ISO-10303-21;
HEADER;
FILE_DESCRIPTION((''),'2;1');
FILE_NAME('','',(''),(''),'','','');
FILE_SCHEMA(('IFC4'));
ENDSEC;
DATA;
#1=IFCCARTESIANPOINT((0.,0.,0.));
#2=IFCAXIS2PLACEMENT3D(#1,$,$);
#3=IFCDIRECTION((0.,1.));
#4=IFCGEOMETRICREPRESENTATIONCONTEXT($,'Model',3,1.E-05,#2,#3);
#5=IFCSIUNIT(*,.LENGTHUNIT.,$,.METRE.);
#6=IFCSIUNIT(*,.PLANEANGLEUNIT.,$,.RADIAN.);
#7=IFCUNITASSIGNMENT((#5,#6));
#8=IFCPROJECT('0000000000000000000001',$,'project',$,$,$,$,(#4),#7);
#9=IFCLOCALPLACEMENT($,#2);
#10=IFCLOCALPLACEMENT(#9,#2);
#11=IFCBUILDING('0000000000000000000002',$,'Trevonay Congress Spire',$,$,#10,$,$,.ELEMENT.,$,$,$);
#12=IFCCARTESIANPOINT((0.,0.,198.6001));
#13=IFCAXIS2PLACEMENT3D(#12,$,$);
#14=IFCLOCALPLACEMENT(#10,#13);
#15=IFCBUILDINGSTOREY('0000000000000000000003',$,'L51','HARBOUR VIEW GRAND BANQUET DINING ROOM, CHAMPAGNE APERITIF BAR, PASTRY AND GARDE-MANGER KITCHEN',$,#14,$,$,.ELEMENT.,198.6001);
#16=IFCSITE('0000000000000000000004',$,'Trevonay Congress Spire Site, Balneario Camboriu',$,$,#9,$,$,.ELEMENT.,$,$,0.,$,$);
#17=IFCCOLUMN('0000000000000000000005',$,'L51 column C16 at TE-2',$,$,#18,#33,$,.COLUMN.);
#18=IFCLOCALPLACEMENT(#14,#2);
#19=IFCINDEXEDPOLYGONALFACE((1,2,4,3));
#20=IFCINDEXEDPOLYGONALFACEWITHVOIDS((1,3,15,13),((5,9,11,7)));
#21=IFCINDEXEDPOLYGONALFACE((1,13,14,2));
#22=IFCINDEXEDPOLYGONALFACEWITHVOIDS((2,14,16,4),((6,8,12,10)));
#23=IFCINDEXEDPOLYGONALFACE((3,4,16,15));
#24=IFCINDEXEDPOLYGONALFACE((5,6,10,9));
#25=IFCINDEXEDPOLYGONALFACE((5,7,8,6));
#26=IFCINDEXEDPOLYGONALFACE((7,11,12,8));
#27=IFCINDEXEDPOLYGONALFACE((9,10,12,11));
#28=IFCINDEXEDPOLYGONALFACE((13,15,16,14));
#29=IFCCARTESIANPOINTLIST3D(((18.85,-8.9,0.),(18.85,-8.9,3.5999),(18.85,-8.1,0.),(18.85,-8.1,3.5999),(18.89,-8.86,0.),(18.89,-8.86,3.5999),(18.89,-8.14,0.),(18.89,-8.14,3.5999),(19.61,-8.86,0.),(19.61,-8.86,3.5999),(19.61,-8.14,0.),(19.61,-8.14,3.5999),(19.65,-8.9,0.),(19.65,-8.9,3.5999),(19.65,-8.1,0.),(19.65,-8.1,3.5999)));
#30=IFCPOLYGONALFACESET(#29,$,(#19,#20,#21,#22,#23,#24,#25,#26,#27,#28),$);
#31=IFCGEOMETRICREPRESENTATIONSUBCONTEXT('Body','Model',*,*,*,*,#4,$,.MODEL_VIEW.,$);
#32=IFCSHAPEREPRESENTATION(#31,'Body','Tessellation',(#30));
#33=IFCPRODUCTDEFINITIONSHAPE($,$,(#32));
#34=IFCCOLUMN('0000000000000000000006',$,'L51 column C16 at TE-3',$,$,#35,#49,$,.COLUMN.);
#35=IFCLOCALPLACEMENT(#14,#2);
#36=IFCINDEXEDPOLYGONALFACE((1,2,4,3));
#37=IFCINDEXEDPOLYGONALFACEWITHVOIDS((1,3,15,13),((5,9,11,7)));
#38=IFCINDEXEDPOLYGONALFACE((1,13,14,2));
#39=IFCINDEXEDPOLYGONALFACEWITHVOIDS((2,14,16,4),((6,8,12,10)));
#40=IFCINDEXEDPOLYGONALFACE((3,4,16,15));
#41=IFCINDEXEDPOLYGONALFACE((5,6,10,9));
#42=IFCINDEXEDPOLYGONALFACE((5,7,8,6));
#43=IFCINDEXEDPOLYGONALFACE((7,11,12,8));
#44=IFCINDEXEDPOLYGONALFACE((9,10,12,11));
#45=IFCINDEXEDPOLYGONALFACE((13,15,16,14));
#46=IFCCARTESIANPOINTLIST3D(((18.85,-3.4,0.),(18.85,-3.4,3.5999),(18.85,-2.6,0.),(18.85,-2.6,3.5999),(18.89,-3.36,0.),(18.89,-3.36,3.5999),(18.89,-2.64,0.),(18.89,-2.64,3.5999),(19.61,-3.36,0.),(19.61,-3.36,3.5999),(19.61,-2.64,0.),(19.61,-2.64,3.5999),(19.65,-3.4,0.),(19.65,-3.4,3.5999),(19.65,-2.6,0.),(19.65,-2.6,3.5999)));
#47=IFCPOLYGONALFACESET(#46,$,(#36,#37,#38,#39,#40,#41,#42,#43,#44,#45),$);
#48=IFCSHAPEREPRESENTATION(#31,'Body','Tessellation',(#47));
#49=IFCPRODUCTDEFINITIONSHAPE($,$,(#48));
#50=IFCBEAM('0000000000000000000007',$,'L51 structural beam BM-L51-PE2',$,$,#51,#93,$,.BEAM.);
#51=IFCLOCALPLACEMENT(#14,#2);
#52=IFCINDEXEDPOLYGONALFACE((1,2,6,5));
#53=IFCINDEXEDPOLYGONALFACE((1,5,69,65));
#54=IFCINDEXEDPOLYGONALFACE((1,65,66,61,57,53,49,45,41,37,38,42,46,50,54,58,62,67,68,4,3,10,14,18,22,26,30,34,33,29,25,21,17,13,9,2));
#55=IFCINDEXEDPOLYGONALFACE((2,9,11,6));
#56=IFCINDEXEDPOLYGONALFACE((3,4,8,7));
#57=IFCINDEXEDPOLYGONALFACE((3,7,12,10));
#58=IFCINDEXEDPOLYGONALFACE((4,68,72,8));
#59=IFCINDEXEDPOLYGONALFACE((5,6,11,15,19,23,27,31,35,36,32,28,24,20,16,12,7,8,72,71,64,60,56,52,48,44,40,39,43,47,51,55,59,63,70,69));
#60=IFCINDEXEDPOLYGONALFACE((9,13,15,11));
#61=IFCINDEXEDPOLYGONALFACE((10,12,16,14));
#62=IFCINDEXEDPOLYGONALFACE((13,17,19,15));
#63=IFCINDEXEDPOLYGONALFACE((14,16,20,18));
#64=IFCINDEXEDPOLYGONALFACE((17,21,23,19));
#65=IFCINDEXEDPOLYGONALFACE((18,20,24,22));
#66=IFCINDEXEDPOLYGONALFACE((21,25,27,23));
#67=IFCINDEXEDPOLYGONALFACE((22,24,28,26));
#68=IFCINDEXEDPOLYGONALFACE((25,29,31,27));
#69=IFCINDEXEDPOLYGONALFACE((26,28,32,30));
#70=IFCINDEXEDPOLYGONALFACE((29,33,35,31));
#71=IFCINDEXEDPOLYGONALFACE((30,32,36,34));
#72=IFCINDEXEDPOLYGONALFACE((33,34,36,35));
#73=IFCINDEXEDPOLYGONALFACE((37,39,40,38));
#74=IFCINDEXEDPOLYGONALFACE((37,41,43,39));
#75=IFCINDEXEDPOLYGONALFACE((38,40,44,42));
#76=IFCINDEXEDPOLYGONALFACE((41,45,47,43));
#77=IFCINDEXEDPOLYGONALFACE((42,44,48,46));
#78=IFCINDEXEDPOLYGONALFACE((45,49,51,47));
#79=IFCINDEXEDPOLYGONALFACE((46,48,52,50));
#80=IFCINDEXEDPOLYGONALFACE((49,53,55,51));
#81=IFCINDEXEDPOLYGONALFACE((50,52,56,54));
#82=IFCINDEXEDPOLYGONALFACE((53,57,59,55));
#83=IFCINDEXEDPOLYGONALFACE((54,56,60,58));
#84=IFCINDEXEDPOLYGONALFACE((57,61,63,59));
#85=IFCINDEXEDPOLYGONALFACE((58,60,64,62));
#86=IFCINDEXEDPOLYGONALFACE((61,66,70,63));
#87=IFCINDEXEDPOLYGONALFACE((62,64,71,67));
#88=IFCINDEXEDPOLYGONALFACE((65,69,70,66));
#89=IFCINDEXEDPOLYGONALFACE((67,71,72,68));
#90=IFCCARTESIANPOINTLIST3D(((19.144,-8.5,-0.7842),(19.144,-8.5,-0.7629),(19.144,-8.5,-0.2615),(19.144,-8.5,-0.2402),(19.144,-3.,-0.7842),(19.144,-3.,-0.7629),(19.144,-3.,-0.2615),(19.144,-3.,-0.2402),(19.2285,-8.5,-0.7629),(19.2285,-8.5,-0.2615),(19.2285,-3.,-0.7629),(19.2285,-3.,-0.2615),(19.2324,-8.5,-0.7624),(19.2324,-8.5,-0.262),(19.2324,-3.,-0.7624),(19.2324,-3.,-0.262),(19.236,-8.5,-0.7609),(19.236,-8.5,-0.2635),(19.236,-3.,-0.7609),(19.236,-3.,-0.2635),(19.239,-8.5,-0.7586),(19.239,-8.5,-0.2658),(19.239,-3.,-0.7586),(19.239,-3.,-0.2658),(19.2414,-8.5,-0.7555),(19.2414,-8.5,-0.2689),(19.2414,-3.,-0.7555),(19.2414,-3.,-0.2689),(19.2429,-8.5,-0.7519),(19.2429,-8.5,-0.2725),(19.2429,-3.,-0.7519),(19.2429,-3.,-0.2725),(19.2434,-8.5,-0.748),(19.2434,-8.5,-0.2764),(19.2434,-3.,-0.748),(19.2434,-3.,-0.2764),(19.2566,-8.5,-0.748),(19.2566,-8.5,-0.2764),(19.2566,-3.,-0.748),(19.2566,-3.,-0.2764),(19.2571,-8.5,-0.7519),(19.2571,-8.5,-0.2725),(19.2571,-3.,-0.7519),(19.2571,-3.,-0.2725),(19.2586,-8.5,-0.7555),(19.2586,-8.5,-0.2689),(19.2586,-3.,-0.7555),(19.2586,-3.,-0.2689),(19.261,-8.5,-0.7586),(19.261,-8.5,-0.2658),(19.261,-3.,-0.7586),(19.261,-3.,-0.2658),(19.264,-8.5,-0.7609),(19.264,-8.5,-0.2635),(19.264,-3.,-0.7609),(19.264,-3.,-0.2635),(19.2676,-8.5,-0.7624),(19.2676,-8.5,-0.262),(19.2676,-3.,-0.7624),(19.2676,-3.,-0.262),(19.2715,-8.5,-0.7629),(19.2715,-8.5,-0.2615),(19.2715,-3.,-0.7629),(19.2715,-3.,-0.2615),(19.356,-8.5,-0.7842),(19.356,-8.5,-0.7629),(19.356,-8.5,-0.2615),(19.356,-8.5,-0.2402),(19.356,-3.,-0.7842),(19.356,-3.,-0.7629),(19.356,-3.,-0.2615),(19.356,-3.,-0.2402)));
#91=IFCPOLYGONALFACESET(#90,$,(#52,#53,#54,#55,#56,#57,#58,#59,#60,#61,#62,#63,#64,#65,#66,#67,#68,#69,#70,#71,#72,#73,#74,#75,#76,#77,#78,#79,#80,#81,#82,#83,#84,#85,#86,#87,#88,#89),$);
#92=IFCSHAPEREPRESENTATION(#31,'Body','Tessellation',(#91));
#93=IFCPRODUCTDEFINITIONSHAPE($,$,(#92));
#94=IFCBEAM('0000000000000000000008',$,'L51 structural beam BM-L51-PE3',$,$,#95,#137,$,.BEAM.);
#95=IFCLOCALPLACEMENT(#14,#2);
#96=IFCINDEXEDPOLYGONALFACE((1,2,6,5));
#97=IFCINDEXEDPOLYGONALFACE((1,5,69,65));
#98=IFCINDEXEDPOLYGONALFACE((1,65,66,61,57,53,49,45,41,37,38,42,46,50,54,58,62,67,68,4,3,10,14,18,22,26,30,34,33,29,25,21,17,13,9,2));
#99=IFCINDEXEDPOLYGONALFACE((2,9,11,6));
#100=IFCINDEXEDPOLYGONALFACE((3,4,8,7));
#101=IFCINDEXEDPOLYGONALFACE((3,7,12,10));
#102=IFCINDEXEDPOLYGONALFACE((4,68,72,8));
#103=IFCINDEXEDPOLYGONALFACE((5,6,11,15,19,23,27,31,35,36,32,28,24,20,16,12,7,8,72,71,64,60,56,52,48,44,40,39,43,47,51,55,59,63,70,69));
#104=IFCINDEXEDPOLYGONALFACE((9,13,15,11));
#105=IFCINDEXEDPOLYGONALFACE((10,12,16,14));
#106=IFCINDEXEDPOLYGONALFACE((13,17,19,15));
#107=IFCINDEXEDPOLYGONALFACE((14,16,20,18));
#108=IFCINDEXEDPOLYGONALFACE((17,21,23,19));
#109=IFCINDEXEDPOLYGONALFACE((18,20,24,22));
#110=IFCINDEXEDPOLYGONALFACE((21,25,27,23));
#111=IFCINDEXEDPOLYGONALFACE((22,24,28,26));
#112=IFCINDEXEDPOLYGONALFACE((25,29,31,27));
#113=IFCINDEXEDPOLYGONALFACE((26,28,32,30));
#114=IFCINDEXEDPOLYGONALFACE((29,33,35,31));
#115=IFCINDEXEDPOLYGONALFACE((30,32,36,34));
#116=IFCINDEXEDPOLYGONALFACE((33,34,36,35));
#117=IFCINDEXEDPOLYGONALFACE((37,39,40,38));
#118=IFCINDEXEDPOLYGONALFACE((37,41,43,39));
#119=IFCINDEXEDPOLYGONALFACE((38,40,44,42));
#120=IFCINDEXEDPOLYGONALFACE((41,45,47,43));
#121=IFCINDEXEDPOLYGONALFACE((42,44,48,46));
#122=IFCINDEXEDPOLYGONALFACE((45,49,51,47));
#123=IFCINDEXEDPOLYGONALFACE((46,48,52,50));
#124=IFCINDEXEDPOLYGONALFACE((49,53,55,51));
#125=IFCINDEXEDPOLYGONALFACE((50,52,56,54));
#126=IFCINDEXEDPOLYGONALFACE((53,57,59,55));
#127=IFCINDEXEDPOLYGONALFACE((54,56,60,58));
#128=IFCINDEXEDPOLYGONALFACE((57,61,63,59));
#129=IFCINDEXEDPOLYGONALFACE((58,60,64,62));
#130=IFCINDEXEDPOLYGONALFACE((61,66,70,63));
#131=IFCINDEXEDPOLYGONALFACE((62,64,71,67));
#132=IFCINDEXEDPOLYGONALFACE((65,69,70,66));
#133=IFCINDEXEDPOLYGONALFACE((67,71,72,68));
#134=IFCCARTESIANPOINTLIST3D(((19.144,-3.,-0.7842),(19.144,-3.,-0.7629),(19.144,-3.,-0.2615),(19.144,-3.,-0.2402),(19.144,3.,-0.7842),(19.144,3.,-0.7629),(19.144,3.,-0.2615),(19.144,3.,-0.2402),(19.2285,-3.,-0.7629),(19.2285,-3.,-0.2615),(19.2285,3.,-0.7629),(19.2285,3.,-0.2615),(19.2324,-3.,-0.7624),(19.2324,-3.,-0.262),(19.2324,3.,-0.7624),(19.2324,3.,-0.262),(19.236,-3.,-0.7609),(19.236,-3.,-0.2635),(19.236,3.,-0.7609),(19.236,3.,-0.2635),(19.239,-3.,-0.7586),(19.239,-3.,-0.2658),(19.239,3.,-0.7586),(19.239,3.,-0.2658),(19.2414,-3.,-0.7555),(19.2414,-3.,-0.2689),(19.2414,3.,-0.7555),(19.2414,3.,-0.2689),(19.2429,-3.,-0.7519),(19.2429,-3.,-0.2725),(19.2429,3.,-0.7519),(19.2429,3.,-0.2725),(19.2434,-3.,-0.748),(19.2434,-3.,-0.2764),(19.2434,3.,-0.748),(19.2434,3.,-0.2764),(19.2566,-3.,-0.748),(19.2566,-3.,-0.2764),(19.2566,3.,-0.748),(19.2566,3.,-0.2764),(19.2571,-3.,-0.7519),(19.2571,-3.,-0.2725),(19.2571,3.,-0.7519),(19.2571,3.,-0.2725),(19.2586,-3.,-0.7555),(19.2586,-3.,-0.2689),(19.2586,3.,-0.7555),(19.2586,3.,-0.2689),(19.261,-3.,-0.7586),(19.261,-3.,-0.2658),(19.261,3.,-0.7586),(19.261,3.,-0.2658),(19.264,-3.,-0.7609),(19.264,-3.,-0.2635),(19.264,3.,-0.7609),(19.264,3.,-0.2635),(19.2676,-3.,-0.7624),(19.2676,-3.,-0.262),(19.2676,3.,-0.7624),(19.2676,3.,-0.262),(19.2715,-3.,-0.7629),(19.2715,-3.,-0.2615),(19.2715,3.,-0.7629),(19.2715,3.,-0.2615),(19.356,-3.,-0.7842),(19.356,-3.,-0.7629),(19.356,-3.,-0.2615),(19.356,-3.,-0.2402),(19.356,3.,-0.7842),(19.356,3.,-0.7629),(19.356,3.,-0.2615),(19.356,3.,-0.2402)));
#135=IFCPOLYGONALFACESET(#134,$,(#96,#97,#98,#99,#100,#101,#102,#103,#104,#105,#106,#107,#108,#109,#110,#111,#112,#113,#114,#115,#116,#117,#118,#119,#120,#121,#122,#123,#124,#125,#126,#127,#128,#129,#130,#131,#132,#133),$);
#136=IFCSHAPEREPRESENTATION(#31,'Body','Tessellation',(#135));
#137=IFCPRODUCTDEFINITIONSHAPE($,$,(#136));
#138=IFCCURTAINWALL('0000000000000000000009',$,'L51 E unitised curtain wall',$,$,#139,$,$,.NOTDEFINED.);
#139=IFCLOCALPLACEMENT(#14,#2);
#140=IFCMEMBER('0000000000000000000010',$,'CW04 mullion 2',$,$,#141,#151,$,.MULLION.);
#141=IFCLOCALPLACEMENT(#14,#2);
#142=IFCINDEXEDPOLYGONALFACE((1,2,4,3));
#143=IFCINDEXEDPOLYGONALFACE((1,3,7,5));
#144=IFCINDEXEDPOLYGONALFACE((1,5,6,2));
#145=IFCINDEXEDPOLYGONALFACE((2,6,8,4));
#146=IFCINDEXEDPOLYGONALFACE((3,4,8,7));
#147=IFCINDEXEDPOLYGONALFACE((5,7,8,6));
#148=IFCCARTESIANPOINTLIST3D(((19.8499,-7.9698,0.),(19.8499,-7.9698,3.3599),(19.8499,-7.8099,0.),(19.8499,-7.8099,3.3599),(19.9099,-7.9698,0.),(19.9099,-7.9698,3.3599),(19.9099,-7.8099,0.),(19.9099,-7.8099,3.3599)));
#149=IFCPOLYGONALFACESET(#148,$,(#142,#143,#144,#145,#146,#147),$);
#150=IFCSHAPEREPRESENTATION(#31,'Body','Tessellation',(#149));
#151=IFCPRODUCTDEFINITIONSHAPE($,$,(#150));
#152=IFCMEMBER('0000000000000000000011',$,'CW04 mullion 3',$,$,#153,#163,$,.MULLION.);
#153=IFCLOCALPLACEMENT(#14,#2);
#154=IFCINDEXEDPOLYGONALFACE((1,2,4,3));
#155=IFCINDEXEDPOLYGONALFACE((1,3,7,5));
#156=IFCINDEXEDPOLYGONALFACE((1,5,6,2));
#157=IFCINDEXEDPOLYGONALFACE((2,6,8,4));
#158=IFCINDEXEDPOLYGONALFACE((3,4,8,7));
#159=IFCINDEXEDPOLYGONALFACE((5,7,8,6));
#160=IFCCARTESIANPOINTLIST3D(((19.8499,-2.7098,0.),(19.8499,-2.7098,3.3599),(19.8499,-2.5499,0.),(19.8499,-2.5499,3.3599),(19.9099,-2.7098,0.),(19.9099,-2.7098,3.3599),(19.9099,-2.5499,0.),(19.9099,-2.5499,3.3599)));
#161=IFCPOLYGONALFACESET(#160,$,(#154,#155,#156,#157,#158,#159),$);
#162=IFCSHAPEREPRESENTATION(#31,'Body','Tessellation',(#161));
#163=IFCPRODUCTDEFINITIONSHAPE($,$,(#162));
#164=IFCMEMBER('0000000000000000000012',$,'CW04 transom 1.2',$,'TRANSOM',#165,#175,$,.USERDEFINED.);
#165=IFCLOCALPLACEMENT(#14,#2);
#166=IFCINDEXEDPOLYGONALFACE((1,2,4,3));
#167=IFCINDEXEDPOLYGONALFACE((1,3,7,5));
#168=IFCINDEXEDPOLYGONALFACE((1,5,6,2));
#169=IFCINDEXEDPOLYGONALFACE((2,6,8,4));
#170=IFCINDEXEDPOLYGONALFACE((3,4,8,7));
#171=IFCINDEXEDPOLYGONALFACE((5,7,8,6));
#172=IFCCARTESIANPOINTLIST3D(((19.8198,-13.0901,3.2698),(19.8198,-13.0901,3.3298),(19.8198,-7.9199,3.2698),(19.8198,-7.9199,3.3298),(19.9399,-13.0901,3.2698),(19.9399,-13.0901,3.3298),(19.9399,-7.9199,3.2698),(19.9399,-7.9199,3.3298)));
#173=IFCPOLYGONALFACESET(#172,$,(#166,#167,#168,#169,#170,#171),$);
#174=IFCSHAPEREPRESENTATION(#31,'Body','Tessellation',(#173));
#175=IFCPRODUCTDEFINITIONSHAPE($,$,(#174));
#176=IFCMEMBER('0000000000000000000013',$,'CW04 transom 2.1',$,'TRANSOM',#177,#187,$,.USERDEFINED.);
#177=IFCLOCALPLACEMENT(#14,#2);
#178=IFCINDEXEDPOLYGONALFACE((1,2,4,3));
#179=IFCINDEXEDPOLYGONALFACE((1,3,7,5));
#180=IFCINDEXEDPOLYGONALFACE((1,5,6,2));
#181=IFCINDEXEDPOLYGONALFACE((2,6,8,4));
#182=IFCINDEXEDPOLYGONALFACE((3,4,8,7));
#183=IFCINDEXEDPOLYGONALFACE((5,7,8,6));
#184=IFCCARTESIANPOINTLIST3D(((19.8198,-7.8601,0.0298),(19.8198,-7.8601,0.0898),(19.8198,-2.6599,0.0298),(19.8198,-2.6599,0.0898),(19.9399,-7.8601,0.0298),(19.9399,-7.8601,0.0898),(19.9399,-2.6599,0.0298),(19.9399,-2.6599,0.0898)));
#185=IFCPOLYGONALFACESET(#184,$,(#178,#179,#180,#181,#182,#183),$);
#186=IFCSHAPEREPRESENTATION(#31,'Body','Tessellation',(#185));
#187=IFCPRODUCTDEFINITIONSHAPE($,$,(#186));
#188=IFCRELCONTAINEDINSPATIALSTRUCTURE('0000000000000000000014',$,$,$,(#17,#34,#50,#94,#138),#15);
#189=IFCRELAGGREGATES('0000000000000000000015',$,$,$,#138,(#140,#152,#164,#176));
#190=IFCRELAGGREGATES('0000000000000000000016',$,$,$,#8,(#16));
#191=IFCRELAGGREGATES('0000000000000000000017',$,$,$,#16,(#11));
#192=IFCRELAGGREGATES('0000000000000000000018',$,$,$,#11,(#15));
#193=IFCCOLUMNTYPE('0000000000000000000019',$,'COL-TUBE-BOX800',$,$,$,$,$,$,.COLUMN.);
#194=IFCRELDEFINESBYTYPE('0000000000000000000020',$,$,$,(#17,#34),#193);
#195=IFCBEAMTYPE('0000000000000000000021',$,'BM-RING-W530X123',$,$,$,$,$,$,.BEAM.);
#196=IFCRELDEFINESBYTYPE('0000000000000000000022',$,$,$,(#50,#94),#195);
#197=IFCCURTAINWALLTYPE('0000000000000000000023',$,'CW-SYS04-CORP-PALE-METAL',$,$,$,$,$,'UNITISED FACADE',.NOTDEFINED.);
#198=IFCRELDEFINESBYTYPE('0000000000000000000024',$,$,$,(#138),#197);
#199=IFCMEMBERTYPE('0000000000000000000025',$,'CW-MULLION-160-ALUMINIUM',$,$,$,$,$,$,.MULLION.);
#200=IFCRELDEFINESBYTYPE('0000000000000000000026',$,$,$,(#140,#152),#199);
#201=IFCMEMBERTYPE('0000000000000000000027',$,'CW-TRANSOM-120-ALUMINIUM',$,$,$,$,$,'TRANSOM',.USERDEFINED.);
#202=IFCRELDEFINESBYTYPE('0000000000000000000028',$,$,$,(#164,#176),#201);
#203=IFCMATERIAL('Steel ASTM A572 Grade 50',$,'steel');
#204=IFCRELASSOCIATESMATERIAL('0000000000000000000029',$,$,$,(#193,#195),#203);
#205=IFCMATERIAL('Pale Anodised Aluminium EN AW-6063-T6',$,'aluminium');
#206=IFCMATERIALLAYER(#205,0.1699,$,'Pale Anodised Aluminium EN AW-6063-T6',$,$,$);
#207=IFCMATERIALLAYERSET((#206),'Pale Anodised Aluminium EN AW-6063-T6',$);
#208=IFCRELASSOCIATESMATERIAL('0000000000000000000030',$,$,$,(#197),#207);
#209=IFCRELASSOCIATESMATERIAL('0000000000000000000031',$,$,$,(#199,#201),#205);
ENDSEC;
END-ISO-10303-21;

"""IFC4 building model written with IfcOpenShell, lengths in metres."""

from ifc_helpers import new_model, si_unit, direction, frame, origin, origin_2d, place, context, subcontext, project, spatial, rectangle, hollow_rectangle, i_section, extrude, material, layer, layer_set, material_profile, profile_set, type_object, element, aggregate, save


model = new_model("IFC4")

# Units and contexts
model_context = context("Model", 3, precision=1e-05, world=origin(), true_north=direction((0.0, 1.0)))
body_context = subcontext(model_context, "Body", "Model", "MODEL_VIEW")
ifc_project = project(units=[si_unit("LENGTHUNIT", "METRE"), si_unit("PLANEANGLEUNIT", "RADIAN")], contexts=[model_context])

# Site, building, storey
site_placement = place(None, origin())
site = spatial("IfcSite", under=ifc_project, at=site_placement, Name="Trevonay Congress Spire Site, Balneario Camboriu", CompositionType="ELEMENT", RefElevation=0.0)
building_placement = place(site_placement, origin())
building = spatial("IfcBuilding", under=site, at=building_placement, Name="Trevonay Congress Spire", CompositionType="ELEMENT")
storey_placement = place(building_placement, frame((0.0, 0.0, 198.6001)))
storey = spatial("IfcBuildingStorey", under=building, at=storey_placement, Name="L51", Description="HARBOUR VIEW GRAND BANQUET DINING ROOM, CHAMPAGNE APERITIF BAR, PASTRY AND GARDE-MANGER KITCHEN", CompositionType="ELEMENT", Elevation=198.6001)

# Columns
ifc_material_1 = material(Name="Steel ASTM A572 Grade 50", Category="steel")
ifc_material_profile_1 = material_profile(ifc_material_1, hollow_rectangle(XDim=0.8, YDim=0.8, WallThickness=0.04, at=origin_2d()), Name="BOX 800x800x40")
ifc_profile_set_1 = profile_set([ifc_material_profile_1], Name="Steel ASTM A572 Grade 50")
column_type = type_object("IfcColumnType", Name="COL-TUBE-BOX800", PredefinedType="COLUMN", material=ifc_profile_set_1)
for number, where, z_axis, x_axis, name in (
    (1, (19.25, -8.5, 0.0), (0.0, 0.0, 1.0), (1.0, 0.0, 0.0), "L51 column C16 at TE-2"),
    (2, (19.25, -3.0, 0.0), (0.0, 0.0, 1.0), (1.0, 0.0, 0.0), "L51 column C16 at TE-3"),
):
    element("IfcColumn", number, at=place(storey_placement, frame(where, z_axis=z_axis, x_axis=x_axis)), inside=storey, type_object=column_type, Name=name, PredefinedType="COLUMN", context=body_context, shape_type="SweptSolid", body=[
        extrude(hollow_rectangle(XDim=0.8, YDim=0.8, WallThickness=0.04, at=origin_2d()), origin(), (0.0, 0.0, 1.0), 3.5999),
    ])

# Beams
ifc_material_profile_2 = material_profile(ifc_material_1, i_section(OverallWidth=0.2119, OverallDepth=0.5439, WebThickness=0.0132, FlangeThickness=0.0212, FilletRadius=0.0149, at=origin_2d()), Name="W530x123")
ifc_profile_set_2 = profile_set([ifc_material_profile_2], Name="Steel ASTM A572 Grade 50")
beam_type = type_object("IfcBeamType", Name="BM-RING-W530X123", PredefinedType="BEAM", material=ifc_profile_set_2)
beam_1_placement = place(storey_placement, frame((19.25, -8.5, -0.5122), z_axis=(0.0, 1.0, 0.0), x_axis=(-1.0, 0.0, 0.0)))
element("IfcBeam", 3, at=beam_1_placement, inside=storey, type_object=beam_type, Name="L51 structural beam BM-L51-PE2", PredefinedType="BEAM", context=body_context, shape_type="SweptSolid", body=[
    extrude(i_section(OverallWidth=0.2119, OverallDepth=0.5439, WebThickness=0.0132, FlangeThickness=0.0212, FilletRadius=0.0149, at=origin_2d()), origin(), (0.0, 0.0, 1.0), 5.5),
])
beam_2_placement = place(storey_placement, frame((19.25, -3.0, -0.5122), z_axis=(0.0, 1.0, 0.0), x_axis=(-1.0, 0.0, 0.0)))
element("IfcBeam", 4, at=beam_2_placement, inside=storey, type_object=beam_type, Name="L51 structural beam BM-L51-PE3", PredefinedType="BEAM", context=body_context, shape_type="SweptSolid", body=[
    extrude(i_section(OverallWidth=0.2119, OverallDepth=0.5439, WebThickness=0.0132, FlangeThickness=0.0212, FilletRadius=0.0149, at=origin_2d()), origin(), (0.0, 0.0, 1.0), 6.0),
])

# Curtain wall, members
ifc_material_2 = material(Name="Pale Anodised Aluminium EN AW-6063-T6", Category="aluminium")
ifc_layer_1 = layer(ifc_material_2, 0.1699, Name="Pale Anodised Aluminium EN AW-6063-T6")
ifc_layer_set_1 = layer_set([ifc_layer_1], Name="Pale Anodised Aluminium EN AW-6063-T6")
curtain_wall_type = type_object("IfcCurtainWallType", Name="CW-SYS04-CORP-PALE-METAL", ElementType="UNITISED FACADE", PredefinedType="NOTDEFINED", material=ifc_layer_set_1)
curtain_wall_placement = place(storey_placement, origin())
curtain_wall = element("IfcCurtainWall", 5, at=curtain_wall_placement, inside=storey, type_object=curtain_wall_type, Name="L51 E unitised curtain wall", PredefinedType="NOTDEFINED")
ifc_material_profile_3 = material_profile(ifc_material_2, rectangle(XDim=0.0601, YDim=0.1599, at=origin_2d()), Name="CW-MULLION-160-ALUMINIUM")
ifc_profile_set_3 = profile_set([ifc_material_profile_3], Name="Pale Anodised Aluminium EN AW-6063-T6")
member_type_1 = type_object("IfcMemberType", Name="CW-MULLION-160-ALUMINIUM", PredefinedType="MULLION", material=ifc_profile_set_3)
member_1_placement = place(storey_placement, frame((19.8799, -7.8899, 0.0), z_axis=(0.0, 0.0, 1.0), x_axis=(-1.0, 0.0, 0.0)))
member_1 = element("IfcMember", 6, at=member_1_placement, type_object=member_type_1, Name="CW04 mullion 2", PredefinedType="MULLION", context=body_context, shape_type="SweptSolid", body=[
    extrude(rectangle(XDim=0.0601, YDim=0.1599, at=origin_2d()), origin(), (0.0, 0.0, 1.0), 3.3599),
])
member_2_placement = place(storey_placement, frame((19.8799, -2.6299, 0.0), z_axis=(0.0, 0.0, 1.0), x_axis=(-1.0, 0.0, 0.0)))
member_2 = element("IfcMember", 7, at=member_2_placement, type_object=member_type_1, Name="CW04 mullion 3", PredefinedType="MULLION", context=body_context, shape_type="SweptSolid", body=[
    extrude(rectangle(XDim=0.0601, YDim=0.1599, at=origin_2d()), origin(), (0.0, 0.0, 1.0), 3.3599),
])
ifc_material_profile_4 = material_profile(ifc_material_2, rectangle(XDim=0.1201, YDim=0.0601, at=origin_2d()), Name="CW-TRANSOM-120-ALUMINIUM")
ifc_profile_set_4 = profile_set([ifc_material_profile_4], Name="Pale Anodised Aluminium EN AW-6063-T6")
member_type_2 = type_object("IfcMemberType", Name="CW-TRANSOM-120-ALUMINIUM", ElementType="TRANSOM", PredefinedType="USERDEFINED", material=ifc_profile_set_4)
member_3_placement = place(storey_placement, frame((19.8799, -13.0901, 3.2998), z_axis=(0.0, 1.0, 0.0), x_axis=(-1.0, 0.0, 0.0)))
member_3 = element("IfcMember", 8, at=member_3_placement, type_object=member_type_2, Name="CW04 transom 1.2", ObjectType="TRANSOM", PredefinedType="USERDEFINED", context=body_context, shape_type="SweptSolid", body=[
    extrude(rectangle(XDim=0.1201, YDim=0.0601, at=origin_2d()), origin(), (0.0, 0.0, 1.0), 5.1702),
])
member_4_placement = place(storey_placement, frame((19.8799, -7.8601, 0.0598), z_axis=(0.0, 1.0, 0.0), x_axis=(-1.0, 0.0, 0.0)))
member_4 = element("IfcMember", 9, at=member_4_placement, type_object=member_type_2, Name="CW04 transom 2.1", ObjectType="TRANSOM", PredefinedType="USERDEFINED", context=body_context, shape_type="SweptSolid", body=[
    extrude(rectangle(XDim=0.1201, YDim=0.0601, at=origin_2d()), origin(), (0.0, 0.0, 1.0), 5.2002),
])
aggregate(curtain_wall, [member_1, member_2, member_3, member_4])

save(model, "model.ifc")
